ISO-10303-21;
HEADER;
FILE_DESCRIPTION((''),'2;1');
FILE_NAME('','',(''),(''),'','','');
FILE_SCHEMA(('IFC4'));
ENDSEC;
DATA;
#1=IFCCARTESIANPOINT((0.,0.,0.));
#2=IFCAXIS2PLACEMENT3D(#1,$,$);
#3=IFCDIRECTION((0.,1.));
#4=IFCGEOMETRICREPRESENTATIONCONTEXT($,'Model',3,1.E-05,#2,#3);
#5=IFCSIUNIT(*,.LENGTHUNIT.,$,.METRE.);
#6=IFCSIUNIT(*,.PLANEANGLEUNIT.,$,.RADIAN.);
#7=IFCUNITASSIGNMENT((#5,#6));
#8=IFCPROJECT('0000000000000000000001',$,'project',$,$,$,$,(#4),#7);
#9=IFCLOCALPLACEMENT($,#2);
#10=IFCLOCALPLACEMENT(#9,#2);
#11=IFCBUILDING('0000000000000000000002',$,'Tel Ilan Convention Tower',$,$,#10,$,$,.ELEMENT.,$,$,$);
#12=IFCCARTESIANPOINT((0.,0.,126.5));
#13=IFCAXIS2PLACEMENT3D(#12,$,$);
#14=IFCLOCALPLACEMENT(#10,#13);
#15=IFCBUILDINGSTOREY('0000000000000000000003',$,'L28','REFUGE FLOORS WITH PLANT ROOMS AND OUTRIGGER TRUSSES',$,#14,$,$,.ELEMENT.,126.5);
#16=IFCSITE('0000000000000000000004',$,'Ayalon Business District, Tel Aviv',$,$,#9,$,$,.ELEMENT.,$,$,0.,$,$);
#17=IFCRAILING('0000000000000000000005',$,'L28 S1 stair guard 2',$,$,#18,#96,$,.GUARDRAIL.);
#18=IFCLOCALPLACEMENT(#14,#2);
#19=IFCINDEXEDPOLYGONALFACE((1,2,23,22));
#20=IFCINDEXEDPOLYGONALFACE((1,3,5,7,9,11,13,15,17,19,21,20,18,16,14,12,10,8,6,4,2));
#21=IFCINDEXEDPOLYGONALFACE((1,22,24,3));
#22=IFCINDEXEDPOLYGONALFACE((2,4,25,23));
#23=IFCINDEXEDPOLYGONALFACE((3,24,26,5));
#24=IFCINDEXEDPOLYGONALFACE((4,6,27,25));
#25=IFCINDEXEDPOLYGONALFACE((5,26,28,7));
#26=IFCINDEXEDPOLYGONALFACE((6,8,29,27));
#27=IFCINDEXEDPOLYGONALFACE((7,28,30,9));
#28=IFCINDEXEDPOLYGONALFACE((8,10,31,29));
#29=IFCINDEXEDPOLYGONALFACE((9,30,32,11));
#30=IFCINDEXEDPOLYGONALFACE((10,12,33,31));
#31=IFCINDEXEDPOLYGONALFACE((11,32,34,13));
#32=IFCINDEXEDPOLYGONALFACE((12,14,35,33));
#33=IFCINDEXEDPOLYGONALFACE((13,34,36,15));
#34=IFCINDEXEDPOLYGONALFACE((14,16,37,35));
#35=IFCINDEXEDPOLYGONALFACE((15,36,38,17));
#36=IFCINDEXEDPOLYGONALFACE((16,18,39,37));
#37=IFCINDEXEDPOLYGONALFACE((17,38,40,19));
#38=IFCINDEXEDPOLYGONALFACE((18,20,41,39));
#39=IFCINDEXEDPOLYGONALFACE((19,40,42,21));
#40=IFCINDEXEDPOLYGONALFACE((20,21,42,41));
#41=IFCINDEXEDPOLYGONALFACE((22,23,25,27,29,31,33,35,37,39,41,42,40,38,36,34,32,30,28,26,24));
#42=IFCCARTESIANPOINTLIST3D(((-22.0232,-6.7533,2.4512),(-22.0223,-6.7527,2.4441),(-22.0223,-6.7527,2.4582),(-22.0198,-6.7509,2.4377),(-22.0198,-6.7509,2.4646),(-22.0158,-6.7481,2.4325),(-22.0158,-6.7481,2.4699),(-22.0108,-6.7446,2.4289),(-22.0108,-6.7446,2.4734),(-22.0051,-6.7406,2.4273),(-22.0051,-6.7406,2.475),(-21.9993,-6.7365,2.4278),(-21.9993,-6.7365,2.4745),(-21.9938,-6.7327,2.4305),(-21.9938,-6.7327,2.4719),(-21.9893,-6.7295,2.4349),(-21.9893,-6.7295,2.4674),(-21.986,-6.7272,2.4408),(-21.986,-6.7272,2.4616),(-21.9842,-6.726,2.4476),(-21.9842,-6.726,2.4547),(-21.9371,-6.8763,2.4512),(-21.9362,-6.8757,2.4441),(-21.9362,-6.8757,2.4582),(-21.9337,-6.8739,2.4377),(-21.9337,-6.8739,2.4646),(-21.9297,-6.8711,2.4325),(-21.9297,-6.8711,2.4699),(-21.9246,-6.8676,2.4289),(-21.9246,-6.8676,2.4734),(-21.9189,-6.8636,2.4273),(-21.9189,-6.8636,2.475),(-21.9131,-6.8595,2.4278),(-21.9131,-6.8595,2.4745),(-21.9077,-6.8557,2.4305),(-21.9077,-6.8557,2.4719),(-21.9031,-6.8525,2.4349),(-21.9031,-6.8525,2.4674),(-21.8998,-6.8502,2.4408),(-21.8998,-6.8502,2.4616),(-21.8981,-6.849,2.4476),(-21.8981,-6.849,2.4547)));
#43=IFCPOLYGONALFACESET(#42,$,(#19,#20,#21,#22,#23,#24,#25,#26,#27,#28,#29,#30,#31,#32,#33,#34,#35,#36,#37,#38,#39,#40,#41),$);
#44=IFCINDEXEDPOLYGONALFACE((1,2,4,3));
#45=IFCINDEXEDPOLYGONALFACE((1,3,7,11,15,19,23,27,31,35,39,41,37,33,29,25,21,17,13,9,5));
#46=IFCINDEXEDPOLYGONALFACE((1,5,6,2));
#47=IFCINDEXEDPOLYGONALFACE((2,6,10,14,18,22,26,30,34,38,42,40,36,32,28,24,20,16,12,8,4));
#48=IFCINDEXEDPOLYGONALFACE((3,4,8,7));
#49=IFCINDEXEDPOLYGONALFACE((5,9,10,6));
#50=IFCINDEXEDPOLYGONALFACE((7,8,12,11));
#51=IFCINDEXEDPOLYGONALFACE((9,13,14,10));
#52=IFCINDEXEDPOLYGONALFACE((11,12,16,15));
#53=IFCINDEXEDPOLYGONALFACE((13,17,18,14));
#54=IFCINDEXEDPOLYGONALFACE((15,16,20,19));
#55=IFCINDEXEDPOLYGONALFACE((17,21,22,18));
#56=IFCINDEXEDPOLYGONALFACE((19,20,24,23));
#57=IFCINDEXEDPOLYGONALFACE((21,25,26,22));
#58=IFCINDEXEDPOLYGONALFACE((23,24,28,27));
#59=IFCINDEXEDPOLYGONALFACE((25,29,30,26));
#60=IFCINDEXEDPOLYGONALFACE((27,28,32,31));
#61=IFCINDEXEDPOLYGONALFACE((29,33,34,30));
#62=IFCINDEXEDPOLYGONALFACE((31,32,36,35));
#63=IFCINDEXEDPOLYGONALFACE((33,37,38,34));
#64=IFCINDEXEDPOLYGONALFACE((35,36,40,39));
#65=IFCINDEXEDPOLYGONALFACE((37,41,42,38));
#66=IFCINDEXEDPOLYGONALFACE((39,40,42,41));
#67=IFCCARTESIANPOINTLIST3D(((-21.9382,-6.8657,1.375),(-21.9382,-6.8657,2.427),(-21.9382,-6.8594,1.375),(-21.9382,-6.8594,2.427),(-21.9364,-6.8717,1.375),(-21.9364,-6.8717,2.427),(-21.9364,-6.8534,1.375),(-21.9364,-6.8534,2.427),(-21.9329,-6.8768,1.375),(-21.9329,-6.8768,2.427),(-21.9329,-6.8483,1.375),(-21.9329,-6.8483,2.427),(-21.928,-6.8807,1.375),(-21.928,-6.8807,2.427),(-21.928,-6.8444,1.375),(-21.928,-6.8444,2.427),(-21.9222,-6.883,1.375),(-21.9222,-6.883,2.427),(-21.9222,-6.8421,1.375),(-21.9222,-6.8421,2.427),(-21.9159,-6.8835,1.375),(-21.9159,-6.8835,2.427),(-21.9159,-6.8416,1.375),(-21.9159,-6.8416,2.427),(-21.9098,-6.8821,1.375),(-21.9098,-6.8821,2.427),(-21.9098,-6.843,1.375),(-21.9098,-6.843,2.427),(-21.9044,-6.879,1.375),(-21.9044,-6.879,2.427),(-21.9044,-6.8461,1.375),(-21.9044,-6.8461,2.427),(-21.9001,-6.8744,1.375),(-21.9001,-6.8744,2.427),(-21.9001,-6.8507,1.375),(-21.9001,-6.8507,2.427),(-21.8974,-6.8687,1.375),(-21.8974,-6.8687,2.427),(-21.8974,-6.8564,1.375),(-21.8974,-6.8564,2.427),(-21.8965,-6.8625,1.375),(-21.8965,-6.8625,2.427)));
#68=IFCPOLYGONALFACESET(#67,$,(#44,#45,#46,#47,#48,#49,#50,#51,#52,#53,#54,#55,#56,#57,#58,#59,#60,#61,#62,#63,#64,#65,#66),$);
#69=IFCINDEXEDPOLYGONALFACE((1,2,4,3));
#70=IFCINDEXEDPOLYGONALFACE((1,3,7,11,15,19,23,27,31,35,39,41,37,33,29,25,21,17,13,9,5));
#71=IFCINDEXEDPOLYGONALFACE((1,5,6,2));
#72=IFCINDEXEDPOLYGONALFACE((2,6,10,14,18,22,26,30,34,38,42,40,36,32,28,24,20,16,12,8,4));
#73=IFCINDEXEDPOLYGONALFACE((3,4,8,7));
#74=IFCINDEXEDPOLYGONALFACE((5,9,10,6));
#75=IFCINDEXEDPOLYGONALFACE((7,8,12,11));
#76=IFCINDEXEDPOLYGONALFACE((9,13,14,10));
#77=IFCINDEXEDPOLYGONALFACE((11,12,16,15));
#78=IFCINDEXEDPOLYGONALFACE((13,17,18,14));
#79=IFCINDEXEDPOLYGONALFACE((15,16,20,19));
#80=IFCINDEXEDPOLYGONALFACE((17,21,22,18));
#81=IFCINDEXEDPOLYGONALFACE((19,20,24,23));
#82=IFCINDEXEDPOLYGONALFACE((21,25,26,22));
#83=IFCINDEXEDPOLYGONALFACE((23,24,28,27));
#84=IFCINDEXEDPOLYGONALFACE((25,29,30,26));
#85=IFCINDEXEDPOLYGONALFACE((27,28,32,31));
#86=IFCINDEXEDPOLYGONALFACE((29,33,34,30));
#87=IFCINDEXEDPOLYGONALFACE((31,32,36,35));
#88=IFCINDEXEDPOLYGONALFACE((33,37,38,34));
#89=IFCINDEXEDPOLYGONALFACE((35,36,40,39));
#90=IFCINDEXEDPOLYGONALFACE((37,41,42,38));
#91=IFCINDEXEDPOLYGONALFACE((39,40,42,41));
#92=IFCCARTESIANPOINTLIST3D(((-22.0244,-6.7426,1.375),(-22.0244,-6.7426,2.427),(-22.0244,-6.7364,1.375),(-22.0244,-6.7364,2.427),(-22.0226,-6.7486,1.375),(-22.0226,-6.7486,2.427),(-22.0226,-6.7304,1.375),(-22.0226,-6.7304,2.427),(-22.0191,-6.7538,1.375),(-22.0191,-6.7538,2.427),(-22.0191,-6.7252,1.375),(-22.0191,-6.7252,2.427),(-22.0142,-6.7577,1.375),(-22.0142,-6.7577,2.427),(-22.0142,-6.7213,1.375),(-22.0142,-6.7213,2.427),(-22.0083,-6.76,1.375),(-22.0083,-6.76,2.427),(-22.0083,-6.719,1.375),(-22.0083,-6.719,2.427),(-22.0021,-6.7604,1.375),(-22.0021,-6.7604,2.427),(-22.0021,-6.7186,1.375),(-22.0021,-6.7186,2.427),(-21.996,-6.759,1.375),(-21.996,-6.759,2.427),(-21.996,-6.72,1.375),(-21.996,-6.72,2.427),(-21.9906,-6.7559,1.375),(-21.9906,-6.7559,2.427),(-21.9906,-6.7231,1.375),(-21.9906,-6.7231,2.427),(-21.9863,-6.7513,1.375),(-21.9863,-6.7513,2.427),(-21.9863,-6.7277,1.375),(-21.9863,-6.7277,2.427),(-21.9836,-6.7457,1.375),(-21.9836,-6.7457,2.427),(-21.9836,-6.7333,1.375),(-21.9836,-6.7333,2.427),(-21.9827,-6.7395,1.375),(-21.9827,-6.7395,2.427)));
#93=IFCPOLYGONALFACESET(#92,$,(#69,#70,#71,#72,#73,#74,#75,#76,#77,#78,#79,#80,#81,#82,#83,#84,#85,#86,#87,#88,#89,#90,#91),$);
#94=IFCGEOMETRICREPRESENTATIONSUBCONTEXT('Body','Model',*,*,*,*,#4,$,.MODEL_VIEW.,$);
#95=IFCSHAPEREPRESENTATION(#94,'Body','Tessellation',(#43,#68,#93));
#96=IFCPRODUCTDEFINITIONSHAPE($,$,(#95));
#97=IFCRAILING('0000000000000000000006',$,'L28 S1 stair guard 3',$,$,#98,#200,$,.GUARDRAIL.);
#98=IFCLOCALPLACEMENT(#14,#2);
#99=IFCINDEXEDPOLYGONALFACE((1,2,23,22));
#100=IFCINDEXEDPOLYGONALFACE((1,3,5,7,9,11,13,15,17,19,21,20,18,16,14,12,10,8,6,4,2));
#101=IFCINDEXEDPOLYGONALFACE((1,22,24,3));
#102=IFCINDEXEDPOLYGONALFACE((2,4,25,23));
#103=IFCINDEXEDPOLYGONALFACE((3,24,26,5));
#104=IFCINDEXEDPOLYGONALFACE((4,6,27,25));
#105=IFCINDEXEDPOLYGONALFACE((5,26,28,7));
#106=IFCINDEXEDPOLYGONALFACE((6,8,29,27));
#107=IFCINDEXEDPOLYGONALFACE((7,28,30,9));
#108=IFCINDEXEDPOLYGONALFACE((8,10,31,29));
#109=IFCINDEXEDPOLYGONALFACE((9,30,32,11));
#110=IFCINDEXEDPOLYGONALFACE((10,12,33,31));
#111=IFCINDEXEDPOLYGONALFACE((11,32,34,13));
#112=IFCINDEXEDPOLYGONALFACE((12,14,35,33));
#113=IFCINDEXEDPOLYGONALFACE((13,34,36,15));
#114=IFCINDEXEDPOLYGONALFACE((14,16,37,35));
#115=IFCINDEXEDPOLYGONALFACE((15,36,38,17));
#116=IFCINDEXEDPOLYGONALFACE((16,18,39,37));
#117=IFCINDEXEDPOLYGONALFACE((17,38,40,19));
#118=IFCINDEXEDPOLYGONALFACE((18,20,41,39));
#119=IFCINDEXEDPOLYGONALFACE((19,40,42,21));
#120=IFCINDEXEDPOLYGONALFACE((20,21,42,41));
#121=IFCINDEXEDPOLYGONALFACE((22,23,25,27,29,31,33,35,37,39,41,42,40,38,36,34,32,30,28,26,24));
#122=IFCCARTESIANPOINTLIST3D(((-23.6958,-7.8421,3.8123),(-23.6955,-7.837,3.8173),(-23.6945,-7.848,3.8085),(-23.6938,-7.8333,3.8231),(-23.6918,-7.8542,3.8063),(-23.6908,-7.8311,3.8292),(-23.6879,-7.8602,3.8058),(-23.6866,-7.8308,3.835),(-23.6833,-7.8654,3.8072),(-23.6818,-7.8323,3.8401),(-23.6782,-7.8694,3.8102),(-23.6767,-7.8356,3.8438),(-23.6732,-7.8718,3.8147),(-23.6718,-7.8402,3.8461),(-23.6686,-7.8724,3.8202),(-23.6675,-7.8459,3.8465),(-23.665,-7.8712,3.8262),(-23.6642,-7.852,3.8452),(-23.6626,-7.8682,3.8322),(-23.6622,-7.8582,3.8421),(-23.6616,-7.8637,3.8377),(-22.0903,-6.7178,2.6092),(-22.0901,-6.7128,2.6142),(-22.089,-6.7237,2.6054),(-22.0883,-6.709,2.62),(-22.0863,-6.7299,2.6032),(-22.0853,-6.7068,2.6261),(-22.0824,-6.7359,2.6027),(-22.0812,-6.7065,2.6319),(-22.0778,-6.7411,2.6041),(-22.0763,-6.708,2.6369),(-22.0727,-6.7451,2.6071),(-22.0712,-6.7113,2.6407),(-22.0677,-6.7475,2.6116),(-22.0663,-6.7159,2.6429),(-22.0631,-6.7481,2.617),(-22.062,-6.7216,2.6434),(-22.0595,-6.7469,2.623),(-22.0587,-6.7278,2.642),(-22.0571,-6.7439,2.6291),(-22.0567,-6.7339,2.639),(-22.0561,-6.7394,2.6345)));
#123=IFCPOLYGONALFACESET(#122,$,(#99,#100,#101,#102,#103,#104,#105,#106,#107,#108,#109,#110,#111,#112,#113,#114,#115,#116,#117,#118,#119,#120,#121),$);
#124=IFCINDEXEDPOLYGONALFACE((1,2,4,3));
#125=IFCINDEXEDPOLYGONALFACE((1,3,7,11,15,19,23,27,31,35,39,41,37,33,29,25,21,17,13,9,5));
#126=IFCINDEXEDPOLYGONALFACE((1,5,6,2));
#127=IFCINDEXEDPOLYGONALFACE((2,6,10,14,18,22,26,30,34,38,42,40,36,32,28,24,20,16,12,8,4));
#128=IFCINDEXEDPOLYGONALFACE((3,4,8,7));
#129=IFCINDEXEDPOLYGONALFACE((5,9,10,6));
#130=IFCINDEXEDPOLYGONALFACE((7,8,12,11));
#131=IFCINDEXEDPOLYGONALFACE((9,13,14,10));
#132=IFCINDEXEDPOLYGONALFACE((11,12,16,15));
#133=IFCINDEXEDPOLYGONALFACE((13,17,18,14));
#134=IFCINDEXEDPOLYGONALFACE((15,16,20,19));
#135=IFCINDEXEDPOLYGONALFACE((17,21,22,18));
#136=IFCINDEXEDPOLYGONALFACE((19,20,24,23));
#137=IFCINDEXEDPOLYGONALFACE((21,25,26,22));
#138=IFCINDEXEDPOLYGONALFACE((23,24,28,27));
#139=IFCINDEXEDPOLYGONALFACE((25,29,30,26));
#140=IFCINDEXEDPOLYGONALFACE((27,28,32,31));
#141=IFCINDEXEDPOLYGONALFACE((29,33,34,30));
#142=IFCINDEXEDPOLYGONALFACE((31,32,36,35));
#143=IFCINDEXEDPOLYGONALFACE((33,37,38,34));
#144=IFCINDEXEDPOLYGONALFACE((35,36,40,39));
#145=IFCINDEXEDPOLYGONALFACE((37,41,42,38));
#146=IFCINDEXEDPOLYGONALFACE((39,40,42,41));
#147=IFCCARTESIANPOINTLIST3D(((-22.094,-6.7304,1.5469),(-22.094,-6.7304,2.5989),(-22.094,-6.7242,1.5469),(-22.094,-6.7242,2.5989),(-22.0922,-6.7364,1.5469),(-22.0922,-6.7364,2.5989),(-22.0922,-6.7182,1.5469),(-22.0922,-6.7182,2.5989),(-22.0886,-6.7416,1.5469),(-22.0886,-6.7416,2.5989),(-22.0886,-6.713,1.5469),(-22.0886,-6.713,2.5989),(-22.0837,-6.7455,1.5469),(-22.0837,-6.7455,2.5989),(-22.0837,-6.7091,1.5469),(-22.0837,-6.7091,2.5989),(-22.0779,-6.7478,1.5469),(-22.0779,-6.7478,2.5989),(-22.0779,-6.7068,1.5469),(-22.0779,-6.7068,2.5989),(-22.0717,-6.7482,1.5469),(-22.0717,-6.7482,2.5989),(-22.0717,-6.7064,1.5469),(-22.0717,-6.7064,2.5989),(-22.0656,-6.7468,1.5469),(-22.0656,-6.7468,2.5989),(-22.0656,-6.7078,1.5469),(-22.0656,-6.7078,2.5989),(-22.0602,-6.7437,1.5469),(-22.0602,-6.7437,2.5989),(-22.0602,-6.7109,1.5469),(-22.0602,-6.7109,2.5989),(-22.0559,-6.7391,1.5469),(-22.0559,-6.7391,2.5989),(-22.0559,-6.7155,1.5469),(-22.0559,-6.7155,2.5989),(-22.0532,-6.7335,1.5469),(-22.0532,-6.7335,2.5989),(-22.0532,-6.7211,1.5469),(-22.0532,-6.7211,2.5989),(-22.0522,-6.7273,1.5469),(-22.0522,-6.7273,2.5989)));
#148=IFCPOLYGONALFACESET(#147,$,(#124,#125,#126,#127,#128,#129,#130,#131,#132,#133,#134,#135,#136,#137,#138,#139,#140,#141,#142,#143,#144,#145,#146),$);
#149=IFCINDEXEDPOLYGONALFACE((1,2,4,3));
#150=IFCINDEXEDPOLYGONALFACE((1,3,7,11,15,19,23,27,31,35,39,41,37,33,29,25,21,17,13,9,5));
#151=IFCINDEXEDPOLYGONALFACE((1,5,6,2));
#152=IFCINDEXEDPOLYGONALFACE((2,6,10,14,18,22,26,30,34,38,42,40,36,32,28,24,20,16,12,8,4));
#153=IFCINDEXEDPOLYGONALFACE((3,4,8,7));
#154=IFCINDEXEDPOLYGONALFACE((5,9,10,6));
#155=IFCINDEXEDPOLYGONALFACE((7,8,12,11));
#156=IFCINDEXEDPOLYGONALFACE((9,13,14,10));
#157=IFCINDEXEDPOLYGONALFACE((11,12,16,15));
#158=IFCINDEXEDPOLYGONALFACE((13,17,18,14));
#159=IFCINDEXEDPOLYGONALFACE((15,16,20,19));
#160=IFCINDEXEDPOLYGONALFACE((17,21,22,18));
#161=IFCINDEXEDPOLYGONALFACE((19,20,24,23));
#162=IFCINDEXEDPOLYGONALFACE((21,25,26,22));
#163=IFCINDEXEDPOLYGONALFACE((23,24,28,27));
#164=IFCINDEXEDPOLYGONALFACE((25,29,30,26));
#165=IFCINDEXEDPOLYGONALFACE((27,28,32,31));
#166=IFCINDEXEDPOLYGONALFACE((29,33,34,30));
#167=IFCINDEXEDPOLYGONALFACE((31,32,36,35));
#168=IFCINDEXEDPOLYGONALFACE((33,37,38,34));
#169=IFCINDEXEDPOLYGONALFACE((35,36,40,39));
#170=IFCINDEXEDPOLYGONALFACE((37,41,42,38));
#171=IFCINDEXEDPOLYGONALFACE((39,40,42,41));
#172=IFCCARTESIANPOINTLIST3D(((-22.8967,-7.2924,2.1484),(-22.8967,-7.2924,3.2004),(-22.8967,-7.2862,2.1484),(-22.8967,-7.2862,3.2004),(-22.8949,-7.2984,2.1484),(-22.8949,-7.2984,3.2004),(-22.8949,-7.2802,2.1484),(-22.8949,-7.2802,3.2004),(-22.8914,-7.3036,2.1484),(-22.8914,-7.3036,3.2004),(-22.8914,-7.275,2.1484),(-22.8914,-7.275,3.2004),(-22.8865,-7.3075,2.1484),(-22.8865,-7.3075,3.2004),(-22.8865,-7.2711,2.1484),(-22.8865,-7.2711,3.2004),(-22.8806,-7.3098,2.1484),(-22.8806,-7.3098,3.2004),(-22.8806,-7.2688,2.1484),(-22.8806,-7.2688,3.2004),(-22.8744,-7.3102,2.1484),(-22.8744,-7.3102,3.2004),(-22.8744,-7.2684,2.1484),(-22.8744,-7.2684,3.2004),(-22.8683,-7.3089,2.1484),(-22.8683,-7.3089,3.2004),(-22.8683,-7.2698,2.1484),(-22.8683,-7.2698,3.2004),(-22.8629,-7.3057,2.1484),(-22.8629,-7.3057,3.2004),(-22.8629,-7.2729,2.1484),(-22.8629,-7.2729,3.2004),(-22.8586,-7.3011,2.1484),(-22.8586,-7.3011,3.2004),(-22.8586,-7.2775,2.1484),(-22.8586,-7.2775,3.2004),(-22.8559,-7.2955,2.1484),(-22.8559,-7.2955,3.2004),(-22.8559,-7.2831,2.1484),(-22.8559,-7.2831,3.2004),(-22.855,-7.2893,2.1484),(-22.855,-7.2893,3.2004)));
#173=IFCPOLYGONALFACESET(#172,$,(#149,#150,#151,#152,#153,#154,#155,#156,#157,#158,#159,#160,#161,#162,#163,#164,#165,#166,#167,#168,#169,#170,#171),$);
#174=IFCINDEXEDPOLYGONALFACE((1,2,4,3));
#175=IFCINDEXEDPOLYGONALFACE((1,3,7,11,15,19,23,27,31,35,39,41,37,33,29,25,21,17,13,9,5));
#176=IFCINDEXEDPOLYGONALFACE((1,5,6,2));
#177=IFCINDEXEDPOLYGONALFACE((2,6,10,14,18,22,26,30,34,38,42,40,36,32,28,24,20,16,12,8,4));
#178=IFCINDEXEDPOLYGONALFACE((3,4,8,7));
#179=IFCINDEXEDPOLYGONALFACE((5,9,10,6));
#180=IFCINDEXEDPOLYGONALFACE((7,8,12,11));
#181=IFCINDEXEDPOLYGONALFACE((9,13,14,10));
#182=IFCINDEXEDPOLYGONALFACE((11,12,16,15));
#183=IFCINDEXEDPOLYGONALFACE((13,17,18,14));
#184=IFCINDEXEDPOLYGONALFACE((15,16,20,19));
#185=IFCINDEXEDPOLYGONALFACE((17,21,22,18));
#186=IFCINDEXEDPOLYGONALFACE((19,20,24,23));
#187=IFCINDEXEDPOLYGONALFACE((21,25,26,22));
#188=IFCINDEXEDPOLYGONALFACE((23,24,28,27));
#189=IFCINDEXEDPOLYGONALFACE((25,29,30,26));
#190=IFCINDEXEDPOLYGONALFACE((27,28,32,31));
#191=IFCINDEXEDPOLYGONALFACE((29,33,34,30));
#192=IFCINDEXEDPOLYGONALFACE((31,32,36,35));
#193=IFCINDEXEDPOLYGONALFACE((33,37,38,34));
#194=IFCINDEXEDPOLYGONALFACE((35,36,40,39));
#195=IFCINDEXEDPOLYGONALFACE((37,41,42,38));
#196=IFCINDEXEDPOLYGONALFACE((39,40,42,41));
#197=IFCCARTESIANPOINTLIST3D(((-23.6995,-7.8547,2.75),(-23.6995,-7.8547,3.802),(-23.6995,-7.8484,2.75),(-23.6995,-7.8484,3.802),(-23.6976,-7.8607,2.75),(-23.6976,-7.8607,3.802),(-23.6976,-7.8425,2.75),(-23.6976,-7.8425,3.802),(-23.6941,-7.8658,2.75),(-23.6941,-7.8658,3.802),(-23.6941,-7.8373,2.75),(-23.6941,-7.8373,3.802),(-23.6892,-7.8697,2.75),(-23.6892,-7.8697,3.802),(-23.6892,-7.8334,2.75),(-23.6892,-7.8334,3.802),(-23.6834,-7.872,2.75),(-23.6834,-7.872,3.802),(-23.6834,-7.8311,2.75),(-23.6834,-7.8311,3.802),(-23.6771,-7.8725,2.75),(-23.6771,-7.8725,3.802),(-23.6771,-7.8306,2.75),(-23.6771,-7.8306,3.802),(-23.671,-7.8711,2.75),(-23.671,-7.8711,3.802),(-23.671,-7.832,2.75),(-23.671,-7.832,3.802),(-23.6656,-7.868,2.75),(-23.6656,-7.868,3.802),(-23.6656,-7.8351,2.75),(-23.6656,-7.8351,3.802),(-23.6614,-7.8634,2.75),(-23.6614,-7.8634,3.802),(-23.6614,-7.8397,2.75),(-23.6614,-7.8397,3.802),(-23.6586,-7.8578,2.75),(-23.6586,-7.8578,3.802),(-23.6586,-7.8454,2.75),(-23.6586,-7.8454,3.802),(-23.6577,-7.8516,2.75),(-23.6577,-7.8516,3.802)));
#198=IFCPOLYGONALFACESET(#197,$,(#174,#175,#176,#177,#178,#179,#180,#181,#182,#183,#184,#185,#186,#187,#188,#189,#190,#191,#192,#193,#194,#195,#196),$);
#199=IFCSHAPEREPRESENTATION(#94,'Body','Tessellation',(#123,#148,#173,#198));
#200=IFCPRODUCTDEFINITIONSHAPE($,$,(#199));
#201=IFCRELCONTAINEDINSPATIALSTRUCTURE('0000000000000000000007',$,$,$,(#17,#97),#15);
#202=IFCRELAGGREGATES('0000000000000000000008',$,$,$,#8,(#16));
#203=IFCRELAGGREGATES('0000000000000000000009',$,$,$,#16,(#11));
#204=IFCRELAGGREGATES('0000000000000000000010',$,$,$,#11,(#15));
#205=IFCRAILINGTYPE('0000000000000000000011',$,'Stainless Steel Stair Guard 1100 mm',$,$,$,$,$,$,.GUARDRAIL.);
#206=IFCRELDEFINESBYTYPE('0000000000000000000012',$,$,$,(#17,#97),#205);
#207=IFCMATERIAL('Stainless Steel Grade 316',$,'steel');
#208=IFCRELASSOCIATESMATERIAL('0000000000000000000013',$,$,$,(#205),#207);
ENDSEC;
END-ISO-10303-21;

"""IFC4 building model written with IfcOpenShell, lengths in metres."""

from ifc_helpers import new_model, si_unit, direction, frame, origin, origin_2d, place, context, subcontext, project, spatial, circle, extrude, material, type_object, element, save


model = new_model("IFC4")

# Units and contexts
model_context = context("Model", 3, precision=1e-05, world=origin(), true_north=direction((0.0, 1.0)))
body_context = subcontext(model_context, "Body", "Model", "MODEL_VIEW")
ifc_project = project(units=[si_unit("LENGTHUNIT", "METRE"), si_unit("PLANEANGLEUNIT", "RADIAN")], contexts=[model_context])

# Site, building, storey
site_placement = place(None, origin())
site = spatial("IfcSite", under=ifc_project, at=site_placement, Name="Ayalon Business District, Tel Aviv", CompositionType="ELEMENT", RefElevation=0.0)
building_placement = place(site_placement, origin())
building = spatial("IfcBuilding", under=site, at=building_placement, Name="Tel Ilan Convention Tower", CompositionType="ELEMENT")
storey_placement = place(building_placement, frame((0.0, 0.0, 126.5)))
storey = spatial("IfcBuildingStorey", under=building, at=storey_placement, Name="L28", Description="REFUGE FLOORS WITH PLANT ROOMS AND OUTRIGGER TRUSSES", CompositionType="ELEMENT", Elevation=126.5)

# Railings
ifc_material_1 = material(Name="Stainless Steel Grade 316", Category="steel")
railing_type_1 = type_object("IfcRailingType", Name="Stainless Steel Stair Guard 1100 mm", PredefinedType="GUARDRAIL", material=ifc_material_1)
railing_1_placement = place(storey_placement, frame((-21.9175, -6.8625, 1.375)))
element("IfcRailing", 1, at=railing_1_placement, inside=storey, type_object=railing_type_1, Name="L28 S1 stair guard 2", PredefinedType="GUARDRAIL", context=body_context, shape_type="SweptSolid", body=[
    extrude(circle(Radius=0.0239, at=origin_2d()), frame((0.0, 0.0, 1.0762), z_axis=(-0.57368, 0.819079, 0.0), x_axis=(-0.819079, -0.57368, 0.0)), (0.0, 0.0, 1.0), 0.1501),
    extrude(circle(Radius=0.021, at=origin_2d()), origin(), (0.0, 0.0, 1.0), 1.052),
    extrude(circle(Radius=0.021, at=origin_2d()), frame((-0.0862, 0.123, 0.0)), (0.0, 0.0, 1.0), 1.052),
])
railing_2_placement = place(storey_placement, frame((-22.0732, -6.7273, 1.5469)))
element("IfcRailing", 2, at=railing_2_placement, inside=storey, type_object=railing_type_1, Name="L28 S1 stair guard 3", PredefinedType="GUARDRAIL", context=body_context, shape_type="SweptSolid", body=[
    extrude(circle(Radius=0.0239, at=origin_2d()), frame((0.0, 0.0, 1.0762), z_axis=(-0.698095, -0.488857, 0.523146), x_axis=(0.573613, -0.819127, 0.0)), (0.0, 0.0, 1.0), 2.2998),
    extrude(circle(Radius=0.021, at=origin_2d()), origin(), (0.0, 0.0, 1.0), 1.052),
    extrude(circle(Radius=0.021, at=origin_2d()), frame((-0.8027, -0.562, 0.6016)), (0.0, 0.0, 1.0), 1.052),
    extrude(circle(Radius=0.021, at=origin_2d()), frame((-1.6055, -1.1243, 1.2031)), (0.0, 0.0, 1.0), 1.052),
])

save(model, "model.ifc")
